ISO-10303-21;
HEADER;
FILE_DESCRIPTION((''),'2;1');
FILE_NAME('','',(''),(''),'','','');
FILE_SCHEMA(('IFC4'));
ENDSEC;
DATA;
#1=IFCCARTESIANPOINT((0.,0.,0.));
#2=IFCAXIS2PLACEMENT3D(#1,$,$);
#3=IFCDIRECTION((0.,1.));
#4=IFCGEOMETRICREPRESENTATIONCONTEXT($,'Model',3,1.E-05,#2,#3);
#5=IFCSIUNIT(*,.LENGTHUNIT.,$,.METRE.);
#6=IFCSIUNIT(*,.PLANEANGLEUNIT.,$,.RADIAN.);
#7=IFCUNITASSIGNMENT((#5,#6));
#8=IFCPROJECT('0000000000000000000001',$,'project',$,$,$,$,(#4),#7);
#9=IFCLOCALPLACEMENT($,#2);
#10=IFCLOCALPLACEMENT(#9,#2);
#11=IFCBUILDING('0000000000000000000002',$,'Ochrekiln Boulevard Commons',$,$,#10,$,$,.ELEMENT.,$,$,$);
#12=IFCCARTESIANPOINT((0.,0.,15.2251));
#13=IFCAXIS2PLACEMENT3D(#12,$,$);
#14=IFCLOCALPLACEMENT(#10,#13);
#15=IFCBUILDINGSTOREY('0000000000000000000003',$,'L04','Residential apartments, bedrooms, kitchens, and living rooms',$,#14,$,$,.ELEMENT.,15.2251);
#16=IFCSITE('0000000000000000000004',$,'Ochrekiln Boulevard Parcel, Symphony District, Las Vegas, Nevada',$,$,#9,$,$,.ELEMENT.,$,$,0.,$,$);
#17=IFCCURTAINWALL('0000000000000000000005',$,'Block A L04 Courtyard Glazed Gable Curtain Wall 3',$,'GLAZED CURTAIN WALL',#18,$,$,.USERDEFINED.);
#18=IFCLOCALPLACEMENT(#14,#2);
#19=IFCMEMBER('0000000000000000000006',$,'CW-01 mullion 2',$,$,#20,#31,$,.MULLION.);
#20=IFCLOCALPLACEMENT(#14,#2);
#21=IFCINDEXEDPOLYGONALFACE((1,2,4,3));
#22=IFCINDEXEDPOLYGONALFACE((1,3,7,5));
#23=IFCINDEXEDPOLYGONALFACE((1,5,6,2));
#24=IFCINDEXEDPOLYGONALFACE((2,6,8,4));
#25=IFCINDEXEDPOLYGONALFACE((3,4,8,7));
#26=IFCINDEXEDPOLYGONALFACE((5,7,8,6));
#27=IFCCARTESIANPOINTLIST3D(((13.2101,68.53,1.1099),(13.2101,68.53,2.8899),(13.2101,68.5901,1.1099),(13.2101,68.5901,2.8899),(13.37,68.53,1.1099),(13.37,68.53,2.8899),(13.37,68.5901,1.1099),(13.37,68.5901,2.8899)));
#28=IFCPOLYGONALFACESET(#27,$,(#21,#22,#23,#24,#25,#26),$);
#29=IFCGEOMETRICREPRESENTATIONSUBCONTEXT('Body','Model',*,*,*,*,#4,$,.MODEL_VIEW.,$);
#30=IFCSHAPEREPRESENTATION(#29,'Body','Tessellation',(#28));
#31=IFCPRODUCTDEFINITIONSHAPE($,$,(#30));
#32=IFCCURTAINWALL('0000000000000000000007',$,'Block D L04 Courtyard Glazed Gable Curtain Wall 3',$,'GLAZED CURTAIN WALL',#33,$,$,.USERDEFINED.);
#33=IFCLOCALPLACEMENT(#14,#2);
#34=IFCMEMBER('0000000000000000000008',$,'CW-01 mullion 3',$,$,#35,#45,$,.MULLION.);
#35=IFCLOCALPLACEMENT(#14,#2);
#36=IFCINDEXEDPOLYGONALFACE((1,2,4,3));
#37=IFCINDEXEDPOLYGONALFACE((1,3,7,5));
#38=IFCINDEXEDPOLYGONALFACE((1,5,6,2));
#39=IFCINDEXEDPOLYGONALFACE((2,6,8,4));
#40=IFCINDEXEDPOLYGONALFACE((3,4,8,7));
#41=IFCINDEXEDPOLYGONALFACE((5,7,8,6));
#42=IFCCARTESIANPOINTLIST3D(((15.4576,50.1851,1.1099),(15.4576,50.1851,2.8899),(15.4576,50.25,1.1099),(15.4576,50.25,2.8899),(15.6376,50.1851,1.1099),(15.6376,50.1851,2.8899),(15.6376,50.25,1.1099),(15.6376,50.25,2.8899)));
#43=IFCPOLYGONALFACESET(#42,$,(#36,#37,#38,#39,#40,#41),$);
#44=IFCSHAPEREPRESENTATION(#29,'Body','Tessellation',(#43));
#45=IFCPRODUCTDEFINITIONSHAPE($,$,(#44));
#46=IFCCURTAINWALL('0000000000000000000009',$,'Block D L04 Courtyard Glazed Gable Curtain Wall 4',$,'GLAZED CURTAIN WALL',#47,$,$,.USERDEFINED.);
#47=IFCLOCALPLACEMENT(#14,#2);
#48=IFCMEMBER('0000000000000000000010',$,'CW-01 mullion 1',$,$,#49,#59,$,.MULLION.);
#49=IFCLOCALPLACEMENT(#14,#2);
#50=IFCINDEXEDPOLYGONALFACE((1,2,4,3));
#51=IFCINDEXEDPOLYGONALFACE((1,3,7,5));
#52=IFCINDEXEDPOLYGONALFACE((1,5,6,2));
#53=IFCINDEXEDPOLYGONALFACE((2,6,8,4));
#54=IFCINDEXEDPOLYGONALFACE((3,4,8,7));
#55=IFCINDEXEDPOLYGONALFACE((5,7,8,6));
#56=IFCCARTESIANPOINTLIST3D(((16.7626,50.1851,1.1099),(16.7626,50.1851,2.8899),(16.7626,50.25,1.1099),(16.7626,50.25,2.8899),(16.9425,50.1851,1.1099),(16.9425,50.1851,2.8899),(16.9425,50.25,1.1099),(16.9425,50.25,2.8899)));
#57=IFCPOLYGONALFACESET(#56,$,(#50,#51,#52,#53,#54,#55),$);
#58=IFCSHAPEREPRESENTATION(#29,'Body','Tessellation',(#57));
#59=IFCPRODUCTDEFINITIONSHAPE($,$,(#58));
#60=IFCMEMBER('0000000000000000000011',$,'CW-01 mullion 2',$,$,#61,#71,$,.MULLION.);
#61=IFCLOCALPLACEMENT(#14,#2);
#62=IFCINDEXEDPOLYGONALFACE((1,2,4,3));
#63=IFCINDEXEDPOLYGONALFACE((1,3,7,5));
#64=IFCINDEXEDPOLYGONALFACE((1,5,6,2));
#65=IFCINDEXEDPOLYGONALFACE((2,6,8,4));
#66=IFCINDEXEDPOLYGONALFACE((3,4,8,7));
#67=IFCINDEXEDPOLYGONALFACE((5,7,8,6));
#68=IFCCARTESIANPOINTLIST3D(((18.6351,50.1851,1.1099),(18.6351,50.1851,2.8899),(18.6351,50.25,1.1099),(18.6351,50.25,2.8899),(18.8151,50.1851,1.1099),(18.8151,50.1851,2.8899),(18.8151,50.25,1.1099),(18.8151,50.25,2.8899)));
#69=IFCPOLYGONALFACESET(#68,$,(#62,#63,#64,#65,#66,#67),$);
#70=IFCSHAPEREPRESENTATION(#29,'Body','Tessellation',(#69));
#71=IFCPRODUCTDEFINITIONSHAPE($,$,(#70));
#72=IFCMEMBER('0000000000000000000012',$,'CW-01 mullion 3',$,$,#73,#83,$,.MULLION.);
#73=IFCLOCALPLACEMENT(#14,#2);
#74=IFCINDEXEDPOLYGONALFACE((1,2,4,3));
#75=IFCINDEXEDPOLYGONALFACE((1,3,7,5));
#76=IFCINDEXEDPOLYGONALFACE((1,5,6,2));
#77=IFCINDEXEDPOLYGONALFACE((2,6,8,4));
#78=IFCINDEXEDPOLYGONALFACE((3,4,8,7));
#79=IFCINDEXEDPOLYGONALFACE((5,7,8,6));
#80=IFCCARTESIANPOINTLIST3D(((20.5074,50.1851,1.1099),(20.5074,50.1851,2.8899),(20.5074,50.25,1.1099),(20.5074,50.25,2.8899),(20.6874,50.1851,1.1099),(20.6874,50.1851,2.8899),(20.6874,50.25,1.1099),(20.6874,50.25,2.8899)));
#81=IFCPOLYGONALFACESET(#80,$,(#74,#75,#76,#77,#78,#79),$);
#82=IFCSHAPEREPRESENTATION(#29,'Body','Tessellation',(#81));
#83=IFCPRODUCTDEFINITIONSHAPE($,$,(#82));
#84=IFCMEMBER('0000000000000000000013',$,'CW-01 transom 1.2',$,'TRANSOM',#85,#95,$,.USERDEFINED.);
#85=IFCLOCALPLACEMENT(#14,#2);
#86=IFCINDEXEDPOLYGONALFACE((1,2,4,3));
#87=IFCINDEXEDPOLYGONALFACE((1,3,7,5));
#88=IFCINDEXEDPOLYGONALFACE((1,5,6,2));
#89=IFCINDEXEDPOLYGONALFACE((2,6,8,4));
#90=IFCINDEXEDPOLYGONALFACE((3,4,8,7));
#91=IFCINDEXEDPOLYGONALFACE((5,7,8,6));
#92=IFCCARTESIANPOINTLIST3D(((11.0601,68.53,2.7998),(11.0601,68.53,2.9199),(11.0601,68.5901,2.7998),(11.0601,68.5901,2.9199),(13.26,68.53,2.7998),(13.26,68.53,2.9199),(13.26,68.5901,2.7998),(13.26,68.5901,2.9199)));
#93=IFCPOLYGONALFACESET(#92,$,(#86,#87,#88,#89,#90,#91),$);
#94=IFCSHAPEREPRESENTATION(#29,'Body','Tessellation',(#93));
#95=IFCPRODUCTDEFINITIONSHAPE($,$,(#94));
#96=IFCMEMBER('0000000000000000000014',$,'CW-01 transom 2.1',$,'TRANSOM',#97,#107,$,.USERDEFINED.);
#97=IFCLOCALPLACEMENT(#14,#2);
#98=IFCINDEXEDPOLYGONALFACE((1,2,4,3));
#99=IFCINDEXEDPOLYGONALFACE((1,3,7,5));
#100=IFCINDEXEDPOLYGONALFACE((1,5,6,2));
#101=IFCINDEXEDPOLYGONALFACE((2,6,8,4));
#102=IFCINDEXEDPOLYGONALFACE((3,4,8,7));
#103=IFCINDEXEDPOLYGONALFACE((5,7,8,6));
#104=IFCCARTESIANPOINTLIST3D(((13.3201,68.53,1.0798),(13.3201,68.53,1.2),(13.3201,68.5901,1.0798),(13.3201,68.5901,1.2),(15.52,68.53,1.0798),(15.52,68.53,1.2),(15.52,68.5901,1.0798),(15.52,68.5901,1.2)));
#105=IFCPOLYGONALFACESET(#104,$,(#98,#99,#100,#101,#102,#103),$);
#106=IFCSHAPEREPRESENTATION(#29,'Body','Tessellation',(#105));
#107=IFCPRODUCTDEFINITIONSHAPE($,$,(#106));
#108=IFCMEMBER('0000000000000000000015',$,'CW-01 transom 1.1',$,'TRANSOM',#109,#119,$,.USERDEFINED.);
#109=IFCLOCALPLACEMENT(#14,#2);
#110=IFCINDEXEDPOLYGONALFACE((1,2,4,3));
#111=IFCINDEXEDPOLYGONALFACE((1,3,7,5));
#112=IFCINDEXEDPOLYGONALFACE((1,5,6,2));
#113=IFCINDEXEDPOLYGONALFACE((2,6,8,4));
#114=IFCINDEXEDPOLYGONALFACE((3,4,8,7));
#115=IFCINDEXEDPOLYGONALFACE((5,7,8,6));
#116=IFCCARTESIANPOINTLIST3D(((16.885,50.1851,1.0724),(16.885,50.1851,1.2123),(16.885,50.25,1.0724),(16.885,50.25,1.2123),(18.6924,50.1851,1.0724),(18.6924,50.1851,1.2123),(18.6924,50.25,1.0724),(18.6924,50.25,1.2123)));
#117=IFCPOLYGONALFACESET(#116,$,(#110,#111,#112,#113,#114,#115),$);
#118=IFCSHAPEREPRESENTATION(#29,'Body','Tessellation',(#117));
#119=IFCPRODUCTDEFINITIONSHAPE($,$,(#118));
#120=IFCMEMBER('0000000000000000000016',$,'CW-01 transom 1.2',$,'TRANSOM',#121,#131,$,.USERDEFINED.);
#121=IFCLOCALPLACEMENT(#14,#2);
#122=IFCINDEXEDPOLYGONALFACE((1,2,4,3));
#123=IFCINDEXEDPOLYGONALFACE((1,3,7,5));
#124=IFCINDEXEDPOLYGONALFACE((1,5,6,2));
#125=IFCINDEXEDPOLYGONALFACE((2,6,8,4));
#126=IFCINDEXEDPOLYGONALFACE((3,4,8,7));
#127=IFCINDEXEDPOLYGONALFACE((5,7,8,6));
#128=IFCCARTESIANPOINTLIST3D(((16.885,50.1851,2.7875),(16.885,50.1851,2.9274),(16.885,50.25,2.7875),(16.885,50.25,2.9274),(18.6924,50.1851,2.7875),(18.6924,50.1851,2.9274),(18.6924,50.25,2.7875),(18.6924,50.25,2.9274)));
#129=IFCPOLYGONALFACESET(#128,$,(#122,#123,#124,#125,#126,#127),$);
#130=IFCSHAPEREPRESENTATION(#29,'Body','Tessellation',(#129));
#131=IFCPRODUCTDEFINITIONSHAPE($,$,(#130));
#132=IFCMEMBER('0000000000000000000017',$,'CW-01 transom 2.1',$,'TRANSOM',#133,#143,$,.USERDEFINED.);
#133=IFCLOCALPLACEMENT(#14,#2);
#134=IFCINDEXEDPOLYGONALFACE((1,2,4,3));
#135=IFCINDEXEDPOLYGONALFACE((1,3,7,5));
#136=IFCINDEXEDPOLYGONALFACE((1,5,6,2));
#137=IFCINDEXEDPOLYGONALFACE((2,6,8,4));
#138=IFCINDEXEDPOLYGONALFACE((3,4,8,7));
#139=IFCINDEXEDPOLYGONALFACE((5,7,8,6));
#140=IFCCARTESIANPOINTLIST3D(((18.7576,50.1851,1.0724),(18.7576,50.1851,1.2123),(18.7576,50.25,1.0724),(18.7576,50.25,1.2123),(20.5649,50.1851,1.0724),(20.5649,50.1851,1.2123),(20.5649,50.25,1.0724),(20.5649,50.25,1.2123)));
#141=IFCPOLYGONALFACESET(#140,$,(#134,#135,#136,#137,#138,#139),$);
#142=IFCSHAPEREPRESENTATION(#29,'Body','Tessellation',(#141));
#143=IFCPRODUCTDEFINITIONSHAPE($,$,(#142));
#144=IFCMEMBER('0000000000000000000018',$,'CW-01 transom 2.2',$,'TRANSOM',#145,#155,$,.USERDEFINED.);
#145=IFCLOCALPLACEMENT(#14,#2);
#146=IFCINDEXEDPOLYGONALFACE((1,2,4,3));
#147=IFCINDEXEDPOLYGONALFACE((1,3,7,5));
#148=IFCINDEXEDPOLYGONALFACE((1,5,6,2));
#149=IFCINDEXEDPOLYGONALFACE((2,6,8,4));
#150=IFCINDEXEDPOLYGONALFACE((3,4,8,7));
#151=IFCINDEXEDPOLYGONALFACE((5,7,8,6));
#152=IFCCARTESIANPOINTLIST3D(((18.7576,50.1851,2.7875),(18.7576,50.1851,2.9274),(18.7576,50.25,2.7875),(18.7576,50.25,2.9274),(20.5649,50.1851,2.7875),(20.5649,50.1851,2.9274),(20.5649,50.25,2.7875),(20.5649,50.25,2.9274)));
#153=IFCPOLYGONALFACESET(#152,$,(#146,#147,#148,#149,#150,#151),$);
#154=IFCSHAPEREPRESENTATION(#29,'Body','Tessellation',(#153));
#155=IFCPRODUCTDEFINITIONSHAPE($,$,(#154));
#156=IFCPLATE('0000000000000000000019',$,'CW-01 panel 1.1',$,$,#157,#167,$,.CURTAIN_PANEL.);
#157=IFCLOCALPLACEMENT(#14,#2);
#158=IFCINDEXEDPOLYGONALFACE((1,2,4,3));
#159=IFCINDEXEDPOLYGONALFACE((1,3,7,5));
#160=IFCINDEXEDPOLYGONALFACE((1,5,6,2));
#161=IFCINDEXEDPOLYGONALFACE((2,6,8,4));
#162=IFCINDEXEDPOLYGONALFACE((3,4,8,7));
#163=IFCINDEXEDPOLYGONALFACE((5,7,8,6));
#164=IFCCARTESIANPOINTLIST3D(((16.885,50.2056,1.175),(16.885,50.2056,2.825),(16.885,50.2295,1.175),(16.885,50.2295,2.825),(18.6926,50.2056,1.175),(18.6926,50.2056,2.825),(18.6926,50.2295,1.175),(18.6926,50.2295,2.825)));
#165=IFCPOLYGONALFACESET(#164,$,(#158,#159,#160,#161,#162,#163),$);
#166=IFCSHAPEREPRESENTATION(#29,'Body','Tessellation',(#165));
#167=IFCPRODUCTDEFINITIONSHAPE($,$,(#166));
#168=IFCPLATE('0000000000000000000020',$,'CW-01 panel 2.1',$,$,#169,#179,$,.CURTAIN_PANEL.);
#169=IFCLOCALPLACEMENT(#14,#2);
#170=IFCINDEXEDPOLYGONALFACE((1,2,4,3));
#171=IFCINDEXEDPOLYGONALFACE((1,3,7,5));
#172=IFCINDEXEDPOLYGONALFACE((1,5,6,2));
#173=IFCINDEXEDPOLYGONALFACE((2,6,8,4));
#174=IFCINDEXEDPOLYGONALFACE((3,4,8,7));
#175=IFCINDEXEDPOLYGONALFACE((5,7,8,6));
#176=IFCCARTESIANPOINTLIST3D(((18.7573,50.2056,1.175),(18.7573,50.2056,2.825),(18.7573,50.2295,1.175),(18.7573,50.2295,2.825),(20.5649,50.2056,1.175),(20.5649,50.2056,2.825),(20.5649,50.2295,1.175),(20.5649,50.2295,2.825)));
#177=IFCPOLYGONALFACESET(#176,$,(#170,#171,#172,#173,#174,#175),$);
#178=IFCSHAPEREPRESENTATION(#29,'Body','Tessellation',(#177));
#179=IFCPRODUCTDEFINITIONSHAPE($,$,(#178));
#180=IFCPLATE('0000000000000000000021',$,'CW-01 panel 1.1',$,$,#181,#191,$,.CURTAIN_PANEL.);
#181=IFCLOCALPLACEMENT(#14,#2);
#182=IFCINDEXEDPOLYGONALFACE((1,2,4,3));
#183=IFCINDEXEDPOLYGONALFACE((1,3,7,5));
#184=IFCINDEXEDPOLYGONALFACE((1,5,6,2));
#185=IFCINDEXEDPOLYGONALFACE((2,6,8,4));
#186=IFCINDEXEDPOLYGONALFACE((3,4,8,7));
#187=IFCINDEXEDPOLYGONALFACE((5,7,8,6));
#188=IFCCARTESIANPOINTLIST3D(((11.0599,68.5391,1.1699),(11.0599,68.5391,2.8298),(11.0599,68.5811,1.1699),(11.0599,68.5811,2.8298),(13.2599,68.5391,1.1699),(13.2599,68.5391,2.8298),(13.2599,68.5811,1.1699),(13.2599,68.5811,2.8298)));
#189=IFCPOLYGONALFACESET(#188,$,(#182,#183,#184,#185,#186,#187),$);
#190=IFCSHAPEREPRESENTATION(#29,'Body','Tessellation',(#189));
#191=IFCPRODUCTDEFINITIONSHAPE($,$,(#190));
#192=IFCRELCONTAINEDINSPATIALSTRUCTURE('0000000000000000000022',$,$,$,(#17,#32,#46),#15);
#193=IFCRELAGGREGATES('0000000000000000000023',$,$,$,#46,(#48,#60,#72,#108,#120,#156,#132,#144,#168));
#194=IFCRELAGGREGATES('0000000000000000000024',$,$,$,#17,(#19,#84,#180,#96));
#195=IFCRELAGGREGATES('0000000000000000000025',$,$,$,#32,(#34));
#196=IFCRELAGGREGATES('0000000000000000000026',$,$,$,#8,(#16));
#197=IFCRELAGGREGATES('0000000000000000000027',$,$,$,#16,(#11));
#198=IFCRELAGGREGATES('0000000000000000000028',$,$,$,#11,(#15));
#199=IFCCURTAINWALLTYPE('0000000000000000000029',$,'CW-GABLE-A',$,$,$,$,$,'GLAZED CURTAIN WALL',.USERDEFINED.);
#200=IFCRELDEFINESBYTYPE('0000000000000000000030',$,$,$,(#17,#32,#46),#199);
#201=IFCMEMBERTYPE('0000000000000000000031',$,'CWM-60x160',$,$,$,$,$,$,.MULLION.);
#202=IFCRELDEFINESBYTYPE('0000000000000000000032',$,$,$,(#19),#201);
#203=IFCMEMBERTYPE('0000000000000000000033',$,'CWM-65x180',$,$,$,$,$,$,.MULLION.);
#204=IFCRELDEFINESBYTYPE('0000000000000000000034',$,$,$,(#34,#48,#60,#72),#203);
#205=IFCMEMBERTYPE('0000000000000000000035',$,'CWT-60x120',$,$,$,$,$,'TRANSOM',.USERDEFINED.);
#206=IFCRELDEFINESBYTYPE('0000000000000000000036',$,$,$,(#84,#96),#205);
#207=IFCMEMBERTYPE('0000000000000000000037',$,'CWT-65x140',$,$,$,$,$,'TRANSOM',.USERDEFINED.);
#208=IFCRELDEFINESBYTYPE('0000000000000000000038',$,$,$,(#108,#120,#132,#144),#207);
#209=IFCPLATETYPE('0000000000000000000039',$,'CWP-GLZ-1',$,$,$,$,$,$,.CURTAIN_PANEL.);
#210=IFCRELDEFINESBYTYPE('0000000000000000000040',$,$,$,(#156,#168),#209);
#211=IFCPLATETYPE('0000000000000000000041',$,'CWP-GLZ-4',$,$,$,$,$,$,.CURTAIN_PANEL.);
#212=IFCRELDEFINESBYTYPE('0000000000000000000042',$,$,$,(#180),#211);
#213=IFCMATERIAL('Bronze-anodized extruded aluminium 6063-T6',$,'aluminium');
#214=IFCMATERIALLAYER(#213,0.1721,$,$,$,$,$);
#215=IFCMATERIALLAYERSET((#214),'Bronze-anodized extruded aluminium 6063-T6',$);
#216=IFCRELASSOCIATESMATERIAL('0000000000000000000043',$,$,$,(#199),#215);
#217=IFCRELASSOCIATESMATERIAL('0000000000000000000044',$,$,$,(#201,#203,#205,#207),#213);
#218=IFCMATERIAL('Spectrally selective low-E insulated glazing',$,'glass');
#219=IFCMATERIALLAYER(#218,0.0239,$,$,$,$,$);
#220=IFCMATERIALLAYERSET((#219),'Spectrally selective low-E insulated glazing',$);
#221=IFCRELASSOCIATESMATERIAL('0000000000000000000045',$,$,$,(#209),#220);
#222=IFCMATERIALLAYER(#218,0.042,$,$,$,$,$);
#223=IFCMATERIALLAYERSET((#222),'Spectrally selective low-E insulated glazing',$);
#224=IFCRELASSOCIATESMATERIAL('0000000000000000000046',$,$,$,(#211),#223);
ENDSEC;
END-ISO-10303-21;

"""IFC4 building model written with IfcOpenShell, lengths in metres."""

from ifc_helpers import new_model, si_unit, direction, frame, origin, origin_2d, place, context, subcontext, project, spatial, rectangle, extrude, material, layer, layer_set, material_profile, profile_set, type_object, element, aggregate, save


model = new_model("IFC4")

# Units and contexts
model_context = context("Model", 3, precision=1e-05, world=origin(), true_north=direction((0.0, 1.0)))
body_context = subcontext(model_context, "Body", "Model", "MODEL_VIEW")
ifc_project = project(units=[si_unit("LENGTHUNIT", "METRE"), si_unit("PLANEANGLEUNIT", "RADIAN")], contexts=[model_context])

# Site, building, storey
site_placement = place(None, origin())
site = spatial("IfcSite", under=ifc_project, at=site_placement, Name="Ochrekiln Boulevard Parcel, Symphony District, Las Vegas, Nevada", CompositionType="ELEMENT", RefElevation=0.0)
building_placement = place(site_placement, origin())
building = spatial("IfcBuilding", under=site, at=building_placement, Name="Ochrekiln Boulevard Commons", CompositionType="ELEMENT")
storey_placement = place(building_placement, frame((0.0, 0.0, 15.2251)))
storey = spatial("IfcBuildingStorey", under=building, at=storey_placement, Name="L04", Description="Residential apartments, bedrooms, kitchens, and living rooms", CompositionType="ELEMENT", Elevation=15.2251)

# Curtain walls, members
ifc_material_1 = material(Name="Bronze-anodized extruded aluminium 6063-T6", Category="aluminium")
ifc_layer_1 = layer(ifc_material_1, 0.1721)
ifc_layer_set_1 = layer_set([ifc_layer_1], Name="Bronze-anodized extruded aluminium 6063-T6")
curtain_wall_type = type_object("IfcCurtainWallType", Name="CW-GABLE-A", ElementType="GLAZED CURTAIN WALL", PredefinedType="USERDEFINED", material=ifc_layer_set_1)
curtain_wall_1_placement = place(storey_placement, origin())
curtain_wall_1 = element("IfcCurtainWall", 1, at=curtain_wall_1_placement, inside=storey, type_object=curtain_wall_type, Name="Block A L04 Courtyard Glazed Gable Curtain Wall 3", ObjectType="GLAZED CURTAIN WALL", PredefinedType="USERDEFINED")
ifc_material_profile_1 = material_profile(ifc_material_1, rectangle(XDim=0.0601, YDim=0.1599, at=origin_2d()), Name="ALU-MUL-60x160")
ifc_profile_set_1 = profile_set([ifc_material_profile_1], Name="Bronze-anodized extruded aluminium 6063-T6")
member_type_1 = type_object("IfcMemberType", Name="CWM-60x160", PredefinedType="MULLION", material=ifc_profile_set_1)
member_1_placement = place(storey_placement, frame((13.29, 68.5601, 1.1099), z_axis=(0.0, 0.0, 1.0), x_axis=(0.0, 1.0, 0.0)))
member_1 = element("IfcMember", 2, at=member_1_placement, type_object=member_type_1, Name="CW-01 mullion 2", PredefinedType="MULLION", context=body_context, shape_type="SweptSolid", body=[
    extrude(rectangle(XDim=0.0601, YDim=0.1599, at=origin_2d()), origin(), (0.0, 0.0, 1.0), 1.78),
])
curtain_wall_2_placement = place(storey_placement, origin())
curtain_wall_2 = element("IfcCurtainWall", 3, at=curtain_wall_2_placement, inside=storey, type_object=curtain_wall_type, Name="Block D L04 Courtyard Glazed Gable Curtain Wall 3", ObjectType="GLAZED CURTAIN WALL", PredefinedType="USERDEFINED")
ifc_material_profile_2 = material_profile(ifc_material_1, rectangle(XDim=0.0649, YDim=0.1799, at=origin_2d()), Name="ALU-MUL-65x180")
ifc_profile_set_2 = profile_set([ifc_material_profile_2], Name="Bronze-anodized extruded aluminium 6063-T6")
member_type_2 = type_object("IfcMemberType", Name="CWM-65x180", PredefinedType="MULLION", material=ifc_profile_set_2)
member_2_placement = place(storey_placement, frame((15.5476, 50.2175, 1.1099), z_axis=(0.0, 0.0, 1.0), x_axis=(0.0, 1.0, 0.0)))
member_2 = element("IfcMember", 4, at=member_2_placement, type_object=member_type_2, Name="CW-01 mullion 3", PredefinedType="MULLION", context=body_context, shape_type="SweptSolid", body=[
    extrude(rectangle(XDim=0.0649, YDim=0.1799, at=origin_2d()), origin(), (0.0, 0.0, 1.0), 1.78),
])

# Curtain wall, members
curtain_wall_3_placement = place(storey_placement, origin())
curtain_wall_3 = element("IfcCurtainWall", 5, at=curtain_wall_3_placement, inside=storey, type_object=curtain_wall_type, Name="Block D L04 Courtyard Glazed Gable Curtain Wall 4", ObjectType="GLAZED CURTAIN WALL", PredefinedType="USERDEFINED")
member_3_placement = place(storey_placement, frame((16.8525, 50.2175, 1.1099), z_axis=(0.0, 0.0, 1.0), x_axis=(0.0, 1.0, 0.0)))
member_3 = element("IfcMember", 6, at=member_3_placement, type_object=member_type_2, Name="CW-01 mullion 1", PredefinedType="MULLION", context=body_context, shape_type="SweptSolid", body=[
    extrude(rectangle(XDim=0.0649, YDim=0.1799, at=origin_2d()), origin(), (0.0, 0.0, 1.0), 1.78),
])
member_4_placement = place(storey_placement, frame((18.7251, 50.2175, 1.1099), z_axis=(0.0, 0.0, 1.0), x_axis=(0.0, 1.0, 0.0)))
member_4 = element("IfcMember", 7, at=member_4_placement, type_object=member_type_2, Name="CW-01 mullion 2", PredefinedType="MULLION", context=body_context, shape_type="SweptSolid", body=[
    extrude(rectangle(XDim=0.0649, YDim=0.1799, at=origin_2d()), origin(), (0.0, 0.0, 1.0), 1.78),
])
member_5_placement = place(storey_placement, frame((20.5974, 50.2175, 1.1099), z_axis=(0.0, 0.0, 1.0), x_axis=(0.0, 1.0, 0.0)))
member_5 = element("IfcMember", 8, at=member_5_placement, type_object=member_type_2, Name="CW-01 mullion 3", PredefinedType="MULLION", context=body_context, shape_type="SweptSolid", body=[
    extrude(rectangle(XDim=0.0649, YDim=0.1799, at=origin_2d()), origin(), (0.0, 0.0, 1.0), 1.78),
])

# Members
ifc_material_profile_3 = material_profile(ifc_material_1, rectangle(XDim=0.0601, YDim=0.1201, at=origin_2d()), Name="ALU-TRN-60x120")
ifc_profile_set_3 = profile_set([ifc_material_profile_3], Name="Bronze-anodized extruded aluminium 6063-T6")
member_type_3 = type_object("IfcMemberType", Name="CWT-60x120", ElementType="TRANSOM", PredefinedType="USERDEFINED", material=ifc_profile_set_3)
member_6_placement = place(storey_placement, frame((11.0601, 68.5601, 2.8599), z_axis=(1.0, 0.0, 0.0), x_axis=(0.0, 1.0, 0.0)))
member_6 = element("IfcMember", 9, at=member_6_placement, type_object=member_type_3, Name="CW-01 transom 1.2", ObjectType="TRANSOM", PredefinedType="USERDEFINED", context=body_context, shape_type="SweptSolid", body=[
    extrude(rectangle(XDim=0.0601, YDim=0.1201, at=origin_2d()), origin(), (0.0, 0.0, 1.0), 2.2),
])
member_7_placement = place(storey_placement, frame((13.3201, 68.5601, 1.1399), z_axis=(1.0, 0.0, 0.0), x_axis=(0.0, 1.0, 0.0)))
member_7 = element("IfcMember", 10, at=member_7_placement, type_object=member_type_3, Name="CW-01 transom 2.1", ObjectType="TRANSOM", PredefinedType="USERDEFINED", context=body_context, shape_type="SweptSolid", body=[
    extrude(rectangle(XDim=0.0601, YDim=0.1201, at=origin_2d()), origin(), (0.0, 0.0, 1.0), 2.2),
])
ifc_material_profile_4 = material_profile(ifc_material_1, rectangle(XDim=0.0649, YDim=0.1399, at=origin_2d()), Name="ALU-TRN-65x140")
ifc_profile_set_4 = profile_set([ifc_material_profile_4], Name="Bronze-anodized extruded aluminium 6063-T6")
member_type_4 = type_object("IfcMemberType", Name="CWT-65x140", ElementType="TRANSOM", PredefinedType="USERDEFINED", material=ifc_profile_set_4)
member_8_placement = place(storey_placement, frame((16.885, 50.2175, 1.1423), z_axis=(1.0, 0.0, 0.0), x_axis=(0.0, 1.0, 0.0)))
member_8 = element("IfcMember", 11, at=member_8_placement, type_object=member_type_4, Name="CW-01 transom 1.1", ObjectType="TRANSOM", PredefinedType="USERDEFINED", context=body_context, shape_type="SweptSolid", body=[
    extrude(rectangle(XDim=0.0649, YDim=0.1399, at=origin_2d()), origin(), (0.0, 0.0, 1.0), 1.8074),
])
member_9_placement = place(storey_placement, frame((16.885, 50.2175, 2.8574), z_axis=(1.0, 0.0, 0.0), x_axis=(0.0, 1.0, 0.0)))
member_9 = element("IfcMember", 12, at=member_9_placement, type_object=member_type_4, Name="CW-01 transom 1.2", ObjectType="TRANSOM", PredefinedType="USERDEFINED", context=body_context, shape_type="SweptSolid", body=[
    extrude(rectangle(XDim=0.0649, YDim=0.1399, at=origin_2d()), origin(), (0.0, 0.0, 1.0), 1.8074),
])
member_10_placement = place(storey_placement, frame((18.7576, 50.2175, 1.1423), z_axis=(1.0, 0.0, 0.0), x_axis=(0.0, 1.0, 0.0)))
member_10 = element("IfcMember", 13, at=member_10_placement, type_object=member_type_4, Name="CW-01 transom 2.1", ObjectType="TRANSOM", PredefinedType="USERDEFINED", context=body_context, shape_type="SweptSolid", body=[
    extrude(rectangle(XDim=0.0649, YDim=0.1399, at=origin_2d()), origin(), (0.0, 0.0, 1.0), 1.8074),
])
member_11_placement = place(storey_placement, frame((18.7576, 50.2175, 2.8574), z_axis=(1.0, 0.0, 0.0), x_axis=(0.0, 1.0, 0.0)))
member_11 = element("IfcMember", 14, at=member_11_placement, type_object=member_type_4, Name="CW-01 transom 2.2", ObjectType="TRANSOM", PredefinedType="USERDEFINED", context=body_context, shape_type="SweptSolid", body=[
    extrude(rectangle(XDim=0.0649, YDim=0.1399, at=origin_2d()), origin(), (0.0, 0.0, 1.0), 1.8074),
])

# Plates
ifc_material_2 = material(Name="Spectrally selective low-E insulated glazing", Category="glass")
ifc_layer_2 = layer(ifc_material_2, 0.0239)
ifc_layer_set_2 = layer_set([ifc_layer_2], Name="Spectrally selective low-E insulated glazing")
plate_type_1 = type_object("IfcPlateType", Name="CWP-GLZ-1", PredefinedType="CURTAIN_PANEL", material=ifc_layer_set_2)
plate_1_placement = place(storey_placement, frame((17.7888, 50.2175, 1.175), z_axis=(0.0, 0.0, 1.0), x_axis=(1.0, 0.0, 0.0)))
plate_1 = element("IfcPlate", 15, at=plate_1_placement, type_object=plate_type_1, Name="CW-01 panel 1.1", PredefinedType="CURTAIN_PANEL", context=body_context, shape_type="SweptSolid", body=[
    extrude(rectangle(XDim=1.8076, YDim=0.0239, at=origin_2d()), origin(), (0.0, 0.0, 1.0), 1.6499),
])
plate_2_placement = place(storey_placement, frame((19.6611, 50.2175, 1.175), z_axis=(0.0, 0.0, 1.0), x_axis=(1.0, 0.0, 0.0)))
plate_2 = element("IfcPlate", 16, at=plate_2_placement, type_object=plate_type_1, Name="CW-01 panel 2.1", PredefinedType="CURTAIN_PANEL", context=body_context, shape_type="SweptSolid", body=[
    extrude(rectangle(XDim=1.8076, YDim=0.0239, at=origin_2d()), origin(), (0.0, 0.0, 1.0), 1.6499),
])
aggregate(curtain_wall_3, [member_3, member_4, member_5, member_8, member_9, plate_1, member_10, member_11, plate_2])
ifc_layer_3 = layer(ifc_material_2, 0.042)
ifc_layer_set_3 = layer_set([ifc_layer_3], Name="Spectrally selective low-E insulated glazing")
plate_type_2 = type_object("IfcPlateType", Name="CWP-GLZ-4", PredefinedType="CURTAIN_PANEL", material=ifc_layer_set_3)
plate_3_placement = place(storey_placement, frame((12.1599, 68.5601, 1.1699), z_axis=(0.0, 0.0, 1.0), x_axis=(1.0, 0.0, 0.0)))
plate_3 = element("IfcPlate", 17, at=plate_3_placement, type_object=plate_type_2, Name="CW-01 panel 1.1", PredefinedType="CURTAIN_PANEL", context=body_context, shape_type="SweptSolid", body=[
    extrude(rectangle(XDim=2.2, YDim=0.042, at=origin_2d()), origin(), (0.0, 0.0, 1.0), 1.6599),
])
aggregate(curtain_wall_1, [member_1, member_6, plate_3, member_7])
aggregate(curtain_wall_2, [member_2])

save(model, "model.ifc")
